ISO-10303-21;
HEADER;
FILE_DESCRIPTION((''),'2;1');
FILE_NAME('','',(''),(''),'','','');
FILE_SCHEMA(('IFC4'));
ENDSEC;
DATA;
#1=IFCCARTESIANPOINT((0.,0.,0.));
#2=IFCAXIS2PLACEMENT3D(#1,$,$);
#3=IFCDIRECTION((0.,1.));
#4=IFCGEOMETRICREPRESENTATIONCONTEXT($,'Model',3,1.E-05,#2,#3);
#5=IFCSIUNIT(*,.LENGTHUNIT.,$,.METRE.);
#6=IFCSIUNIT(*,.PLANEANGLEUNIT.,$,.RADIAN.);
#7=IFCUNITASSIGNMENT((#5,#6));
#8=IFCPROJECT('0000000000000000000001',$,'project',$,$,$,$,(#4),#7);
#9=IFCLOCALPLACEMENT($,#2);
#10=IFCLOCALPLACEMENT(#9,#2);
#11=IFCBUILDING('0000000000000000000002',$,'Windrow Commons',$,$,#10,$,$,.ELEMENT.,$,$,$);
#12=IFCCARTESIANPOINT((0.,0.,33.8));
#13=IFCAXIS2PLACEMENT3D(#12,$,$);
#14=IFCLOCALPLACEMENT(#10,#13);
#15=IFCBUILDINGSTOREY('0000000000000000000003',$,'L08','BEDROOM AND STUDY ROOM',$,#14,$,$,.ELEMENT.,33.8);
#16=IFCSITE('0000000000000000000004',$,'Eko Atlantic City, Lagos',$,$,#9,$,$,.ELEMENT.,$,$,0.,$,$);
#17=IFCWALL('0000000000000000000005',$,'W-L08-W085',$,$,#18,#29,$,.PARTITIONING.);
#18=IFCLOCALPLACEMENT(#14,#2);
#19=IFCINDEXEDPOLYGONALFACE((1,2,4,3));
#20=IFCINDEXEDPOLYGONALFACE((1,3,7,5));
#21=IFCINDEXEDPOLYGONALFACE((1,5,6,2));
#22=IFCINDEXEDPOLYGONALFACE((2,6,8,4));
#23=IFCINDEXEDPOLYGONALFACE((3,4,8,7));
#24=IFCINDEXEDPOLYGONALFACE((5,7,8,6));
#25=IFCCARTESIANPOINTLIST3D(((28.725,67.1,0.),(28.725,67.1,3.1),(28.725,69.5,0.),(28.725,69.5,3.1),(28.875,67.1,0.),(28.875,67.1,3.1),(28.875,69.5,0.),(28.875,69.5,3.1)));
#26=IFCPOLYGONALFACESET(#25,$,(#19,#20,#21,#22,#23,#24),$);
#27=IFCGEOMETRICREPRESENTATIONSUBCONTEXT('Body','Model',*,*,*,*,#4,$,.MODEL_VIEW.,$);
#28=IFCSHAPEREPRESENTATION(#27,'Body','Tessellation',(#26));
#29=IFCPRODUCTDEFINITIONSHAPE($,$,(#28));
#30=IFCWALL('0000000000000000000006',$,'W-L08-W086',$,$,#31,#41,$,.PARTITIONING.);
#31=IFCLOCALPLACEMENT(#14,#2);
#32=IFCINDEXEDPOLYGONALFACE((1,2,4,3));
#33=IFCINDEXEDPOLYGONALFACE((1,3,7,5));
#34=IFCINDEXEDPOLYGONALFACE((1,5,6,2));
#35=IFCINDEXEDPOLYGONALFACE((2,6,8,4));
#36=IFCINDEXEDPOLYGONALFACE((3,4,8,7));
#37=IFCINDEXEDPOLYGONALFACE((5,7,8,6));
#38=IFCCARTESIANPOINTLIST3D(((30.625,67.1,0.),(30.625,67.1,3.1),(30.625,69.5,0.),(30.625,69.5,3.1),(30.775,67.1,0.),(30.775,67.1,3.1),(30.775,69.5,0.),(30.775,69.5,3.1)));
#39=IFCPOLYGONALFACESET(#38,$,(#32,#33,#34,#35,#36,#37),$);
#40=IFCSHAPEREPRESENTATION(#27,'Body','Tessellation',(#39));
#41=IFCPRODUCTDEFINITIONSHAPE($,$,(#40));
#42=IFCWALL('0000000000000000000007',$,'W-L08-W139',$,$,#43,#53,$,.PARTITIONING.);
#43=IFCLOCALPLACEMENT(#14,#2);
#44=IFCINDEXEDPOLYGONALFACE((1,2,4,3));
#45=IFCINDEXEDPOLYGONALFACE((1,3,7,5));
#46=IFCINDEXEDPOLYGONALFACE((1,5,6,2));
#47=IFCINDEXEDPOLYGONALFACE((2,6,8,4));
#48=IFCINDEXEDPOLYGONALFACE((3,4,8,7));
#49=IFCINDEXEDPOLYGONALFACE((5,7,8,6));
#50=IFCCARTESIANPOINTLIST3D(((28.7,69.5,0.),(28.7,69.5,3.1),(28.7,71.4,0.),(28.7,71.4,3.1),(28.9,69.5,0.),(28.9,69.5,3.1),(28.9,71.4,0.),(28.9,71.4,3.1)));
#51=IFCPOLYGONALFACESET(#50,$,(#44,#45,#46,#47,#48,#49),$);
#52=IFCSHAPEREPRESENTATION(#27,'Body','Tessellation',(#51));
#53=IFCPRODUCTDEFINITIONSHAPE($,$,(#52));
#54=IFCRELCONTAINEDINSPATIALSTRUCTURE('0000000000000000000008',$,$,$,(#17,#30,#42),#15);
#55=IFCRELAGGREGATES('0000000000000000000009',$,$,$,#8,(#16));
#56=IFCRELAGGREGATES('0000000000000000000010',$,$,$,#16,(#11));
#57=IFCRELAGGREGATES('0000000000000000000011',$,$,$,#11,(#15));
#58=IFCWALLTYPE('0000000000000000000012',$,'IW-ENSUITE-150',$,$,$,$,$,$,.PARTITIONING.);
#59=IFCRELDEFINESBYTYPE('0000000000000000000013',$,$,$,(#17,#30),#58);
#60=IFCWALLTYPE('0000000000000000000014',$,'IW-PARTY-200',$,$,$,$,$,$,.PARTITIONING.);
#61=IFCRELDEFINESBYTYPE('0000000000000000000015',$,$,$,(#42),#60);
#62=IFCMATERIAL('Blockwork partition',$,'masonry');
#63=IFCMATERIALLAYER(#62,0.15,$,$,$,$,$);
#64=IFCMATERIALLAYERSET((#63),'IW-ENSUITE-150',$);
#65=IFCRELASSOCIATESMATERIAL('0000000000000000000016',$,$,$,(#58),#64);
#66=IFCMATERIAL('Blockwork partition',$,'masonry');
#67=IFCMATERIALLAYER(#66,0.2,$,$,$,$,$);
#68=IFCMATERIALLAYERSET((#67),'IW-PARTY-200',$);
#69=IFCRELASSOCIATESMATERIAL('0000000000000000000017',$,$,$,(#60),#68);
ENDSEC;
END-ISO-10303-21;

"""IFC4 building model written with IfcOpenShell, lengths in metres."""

from ifc_helpers import new_model, si_unit, direction, frame, frame_2d, origin, place, context, subcontext, project, spatial, rectangle, extrude, material, layer, layer_set, type_object, element, save


model = new_model("IFC4")

# Units and contexts
model_context = context("Model", 3, precision=1e-05, world=origin(), true_north=direction((0.0, 1.0)))
body_context = subcontext(model_context, "Body", "Model", "MODEL_VIEW")
ifc_project = project(units=[si_unit("LENGTHUNIT", "METRE"), si_unit("PLANEANGLEUNIT", "RADIAN")], contexts=[model_context])

# Site, building, storey
site_placement = place(None, origin())
site = spatial("IfcSite", under=ifc_project, at=site_placement, Name="Eko Atlantic City, Lagos", CompositionType="ELEMENT", RefElevation=0.0)
building_placement = place(site_placement, origin())
building = spatial("IfcBuilding", under=site, at=building_placement, Name="Windrow Commons", CompositionType="ELEMENT")
storey_placement = place(building_placement, frame((0.0, 0.0, 33.8)))
storey = spatial("IfcBuildingStorey", under=building, at=storey_placement, Name="L08", Description="BEDROOM AND STUDY ROOM", CompositionType="ELEMENT", Elevation=33.8)

# Shared definitions
ifc_material_1 = material(Name="Blockwork partition", Category="masonry")
ifc_layer_1 = layer(ifc_material_1, 0.15)
ifc_layer_set_1 = layer_set([ifc_layer_1], Name="IW-ENSUITE-150")
wall_type_1 = type_object("IfcWallType", Name="IW-ENSUITE-150", PredefinedType="PARTITIONING", material=ifc_layer_set_1)

# Walls
for number, where, z_axis, x_axis, name in (
    (1, (28.8, 67.1, 0.0), (0.0, 0.0, 1.0), (0.0, 1.0, 0.0), "W-L08-W085"),
    (2, (30.7, 67.1, 0.0), (0.0, 0.0, 1.0), (0.0, 1.0, 0.0), "W-L08-W086"),
):
    element("IfcWall", number, at=place(storey_placement, frame(where, z_axis=z_axis, x_axis=x_axis)), inside=storey, type_object=wall_type_1, Name=name, PredefinedType="PARTITIONING", context=body_context, shape_type="SweptSolid", body=[
        extrude(rectangle(XDim=2.4, YDim=0.15, at=frame_2d((1.2, 0.0))), origin(), (0.0, 0.0, 1.0), 3.1),
    ])
ifc_material_2 = material(Name="Blockwork partition", Category="masonry")
ifc_layer_2 = layer(ifc_material_2, 0.2)
ifc_layer_set_2 = layer_set([ifc_layer_2], Name="IW-PARTY-200")
wall_type_2 = type_object("IfcWallType", Name="IW-PARTY-200", PredefinedType="PARTITIONING", material=ifc_layer_set_2)
wall_1_placement = place(storey_placement, frame((28.8, 69.5, 0.0), z_axis=(0.0, 0.0, 1.0), x_axis=(0.0, 1.0, 0.0)))
element("IfcWall", 3, at=wall_1_placement, inside=storey, type_object=wall_type_2, Name="W-L08-W139", PredefinedType="PARTITIONING", context=body_context, shape_type="SweptSolid", body=[
    extrude(rectangle(XDim=1.9, YDim=0.2, at=frame_2d((0.95, 0.0))), origin(), (0.0, 0.0, 1.0), 3.1),
])

save(model, "model.ifc")
